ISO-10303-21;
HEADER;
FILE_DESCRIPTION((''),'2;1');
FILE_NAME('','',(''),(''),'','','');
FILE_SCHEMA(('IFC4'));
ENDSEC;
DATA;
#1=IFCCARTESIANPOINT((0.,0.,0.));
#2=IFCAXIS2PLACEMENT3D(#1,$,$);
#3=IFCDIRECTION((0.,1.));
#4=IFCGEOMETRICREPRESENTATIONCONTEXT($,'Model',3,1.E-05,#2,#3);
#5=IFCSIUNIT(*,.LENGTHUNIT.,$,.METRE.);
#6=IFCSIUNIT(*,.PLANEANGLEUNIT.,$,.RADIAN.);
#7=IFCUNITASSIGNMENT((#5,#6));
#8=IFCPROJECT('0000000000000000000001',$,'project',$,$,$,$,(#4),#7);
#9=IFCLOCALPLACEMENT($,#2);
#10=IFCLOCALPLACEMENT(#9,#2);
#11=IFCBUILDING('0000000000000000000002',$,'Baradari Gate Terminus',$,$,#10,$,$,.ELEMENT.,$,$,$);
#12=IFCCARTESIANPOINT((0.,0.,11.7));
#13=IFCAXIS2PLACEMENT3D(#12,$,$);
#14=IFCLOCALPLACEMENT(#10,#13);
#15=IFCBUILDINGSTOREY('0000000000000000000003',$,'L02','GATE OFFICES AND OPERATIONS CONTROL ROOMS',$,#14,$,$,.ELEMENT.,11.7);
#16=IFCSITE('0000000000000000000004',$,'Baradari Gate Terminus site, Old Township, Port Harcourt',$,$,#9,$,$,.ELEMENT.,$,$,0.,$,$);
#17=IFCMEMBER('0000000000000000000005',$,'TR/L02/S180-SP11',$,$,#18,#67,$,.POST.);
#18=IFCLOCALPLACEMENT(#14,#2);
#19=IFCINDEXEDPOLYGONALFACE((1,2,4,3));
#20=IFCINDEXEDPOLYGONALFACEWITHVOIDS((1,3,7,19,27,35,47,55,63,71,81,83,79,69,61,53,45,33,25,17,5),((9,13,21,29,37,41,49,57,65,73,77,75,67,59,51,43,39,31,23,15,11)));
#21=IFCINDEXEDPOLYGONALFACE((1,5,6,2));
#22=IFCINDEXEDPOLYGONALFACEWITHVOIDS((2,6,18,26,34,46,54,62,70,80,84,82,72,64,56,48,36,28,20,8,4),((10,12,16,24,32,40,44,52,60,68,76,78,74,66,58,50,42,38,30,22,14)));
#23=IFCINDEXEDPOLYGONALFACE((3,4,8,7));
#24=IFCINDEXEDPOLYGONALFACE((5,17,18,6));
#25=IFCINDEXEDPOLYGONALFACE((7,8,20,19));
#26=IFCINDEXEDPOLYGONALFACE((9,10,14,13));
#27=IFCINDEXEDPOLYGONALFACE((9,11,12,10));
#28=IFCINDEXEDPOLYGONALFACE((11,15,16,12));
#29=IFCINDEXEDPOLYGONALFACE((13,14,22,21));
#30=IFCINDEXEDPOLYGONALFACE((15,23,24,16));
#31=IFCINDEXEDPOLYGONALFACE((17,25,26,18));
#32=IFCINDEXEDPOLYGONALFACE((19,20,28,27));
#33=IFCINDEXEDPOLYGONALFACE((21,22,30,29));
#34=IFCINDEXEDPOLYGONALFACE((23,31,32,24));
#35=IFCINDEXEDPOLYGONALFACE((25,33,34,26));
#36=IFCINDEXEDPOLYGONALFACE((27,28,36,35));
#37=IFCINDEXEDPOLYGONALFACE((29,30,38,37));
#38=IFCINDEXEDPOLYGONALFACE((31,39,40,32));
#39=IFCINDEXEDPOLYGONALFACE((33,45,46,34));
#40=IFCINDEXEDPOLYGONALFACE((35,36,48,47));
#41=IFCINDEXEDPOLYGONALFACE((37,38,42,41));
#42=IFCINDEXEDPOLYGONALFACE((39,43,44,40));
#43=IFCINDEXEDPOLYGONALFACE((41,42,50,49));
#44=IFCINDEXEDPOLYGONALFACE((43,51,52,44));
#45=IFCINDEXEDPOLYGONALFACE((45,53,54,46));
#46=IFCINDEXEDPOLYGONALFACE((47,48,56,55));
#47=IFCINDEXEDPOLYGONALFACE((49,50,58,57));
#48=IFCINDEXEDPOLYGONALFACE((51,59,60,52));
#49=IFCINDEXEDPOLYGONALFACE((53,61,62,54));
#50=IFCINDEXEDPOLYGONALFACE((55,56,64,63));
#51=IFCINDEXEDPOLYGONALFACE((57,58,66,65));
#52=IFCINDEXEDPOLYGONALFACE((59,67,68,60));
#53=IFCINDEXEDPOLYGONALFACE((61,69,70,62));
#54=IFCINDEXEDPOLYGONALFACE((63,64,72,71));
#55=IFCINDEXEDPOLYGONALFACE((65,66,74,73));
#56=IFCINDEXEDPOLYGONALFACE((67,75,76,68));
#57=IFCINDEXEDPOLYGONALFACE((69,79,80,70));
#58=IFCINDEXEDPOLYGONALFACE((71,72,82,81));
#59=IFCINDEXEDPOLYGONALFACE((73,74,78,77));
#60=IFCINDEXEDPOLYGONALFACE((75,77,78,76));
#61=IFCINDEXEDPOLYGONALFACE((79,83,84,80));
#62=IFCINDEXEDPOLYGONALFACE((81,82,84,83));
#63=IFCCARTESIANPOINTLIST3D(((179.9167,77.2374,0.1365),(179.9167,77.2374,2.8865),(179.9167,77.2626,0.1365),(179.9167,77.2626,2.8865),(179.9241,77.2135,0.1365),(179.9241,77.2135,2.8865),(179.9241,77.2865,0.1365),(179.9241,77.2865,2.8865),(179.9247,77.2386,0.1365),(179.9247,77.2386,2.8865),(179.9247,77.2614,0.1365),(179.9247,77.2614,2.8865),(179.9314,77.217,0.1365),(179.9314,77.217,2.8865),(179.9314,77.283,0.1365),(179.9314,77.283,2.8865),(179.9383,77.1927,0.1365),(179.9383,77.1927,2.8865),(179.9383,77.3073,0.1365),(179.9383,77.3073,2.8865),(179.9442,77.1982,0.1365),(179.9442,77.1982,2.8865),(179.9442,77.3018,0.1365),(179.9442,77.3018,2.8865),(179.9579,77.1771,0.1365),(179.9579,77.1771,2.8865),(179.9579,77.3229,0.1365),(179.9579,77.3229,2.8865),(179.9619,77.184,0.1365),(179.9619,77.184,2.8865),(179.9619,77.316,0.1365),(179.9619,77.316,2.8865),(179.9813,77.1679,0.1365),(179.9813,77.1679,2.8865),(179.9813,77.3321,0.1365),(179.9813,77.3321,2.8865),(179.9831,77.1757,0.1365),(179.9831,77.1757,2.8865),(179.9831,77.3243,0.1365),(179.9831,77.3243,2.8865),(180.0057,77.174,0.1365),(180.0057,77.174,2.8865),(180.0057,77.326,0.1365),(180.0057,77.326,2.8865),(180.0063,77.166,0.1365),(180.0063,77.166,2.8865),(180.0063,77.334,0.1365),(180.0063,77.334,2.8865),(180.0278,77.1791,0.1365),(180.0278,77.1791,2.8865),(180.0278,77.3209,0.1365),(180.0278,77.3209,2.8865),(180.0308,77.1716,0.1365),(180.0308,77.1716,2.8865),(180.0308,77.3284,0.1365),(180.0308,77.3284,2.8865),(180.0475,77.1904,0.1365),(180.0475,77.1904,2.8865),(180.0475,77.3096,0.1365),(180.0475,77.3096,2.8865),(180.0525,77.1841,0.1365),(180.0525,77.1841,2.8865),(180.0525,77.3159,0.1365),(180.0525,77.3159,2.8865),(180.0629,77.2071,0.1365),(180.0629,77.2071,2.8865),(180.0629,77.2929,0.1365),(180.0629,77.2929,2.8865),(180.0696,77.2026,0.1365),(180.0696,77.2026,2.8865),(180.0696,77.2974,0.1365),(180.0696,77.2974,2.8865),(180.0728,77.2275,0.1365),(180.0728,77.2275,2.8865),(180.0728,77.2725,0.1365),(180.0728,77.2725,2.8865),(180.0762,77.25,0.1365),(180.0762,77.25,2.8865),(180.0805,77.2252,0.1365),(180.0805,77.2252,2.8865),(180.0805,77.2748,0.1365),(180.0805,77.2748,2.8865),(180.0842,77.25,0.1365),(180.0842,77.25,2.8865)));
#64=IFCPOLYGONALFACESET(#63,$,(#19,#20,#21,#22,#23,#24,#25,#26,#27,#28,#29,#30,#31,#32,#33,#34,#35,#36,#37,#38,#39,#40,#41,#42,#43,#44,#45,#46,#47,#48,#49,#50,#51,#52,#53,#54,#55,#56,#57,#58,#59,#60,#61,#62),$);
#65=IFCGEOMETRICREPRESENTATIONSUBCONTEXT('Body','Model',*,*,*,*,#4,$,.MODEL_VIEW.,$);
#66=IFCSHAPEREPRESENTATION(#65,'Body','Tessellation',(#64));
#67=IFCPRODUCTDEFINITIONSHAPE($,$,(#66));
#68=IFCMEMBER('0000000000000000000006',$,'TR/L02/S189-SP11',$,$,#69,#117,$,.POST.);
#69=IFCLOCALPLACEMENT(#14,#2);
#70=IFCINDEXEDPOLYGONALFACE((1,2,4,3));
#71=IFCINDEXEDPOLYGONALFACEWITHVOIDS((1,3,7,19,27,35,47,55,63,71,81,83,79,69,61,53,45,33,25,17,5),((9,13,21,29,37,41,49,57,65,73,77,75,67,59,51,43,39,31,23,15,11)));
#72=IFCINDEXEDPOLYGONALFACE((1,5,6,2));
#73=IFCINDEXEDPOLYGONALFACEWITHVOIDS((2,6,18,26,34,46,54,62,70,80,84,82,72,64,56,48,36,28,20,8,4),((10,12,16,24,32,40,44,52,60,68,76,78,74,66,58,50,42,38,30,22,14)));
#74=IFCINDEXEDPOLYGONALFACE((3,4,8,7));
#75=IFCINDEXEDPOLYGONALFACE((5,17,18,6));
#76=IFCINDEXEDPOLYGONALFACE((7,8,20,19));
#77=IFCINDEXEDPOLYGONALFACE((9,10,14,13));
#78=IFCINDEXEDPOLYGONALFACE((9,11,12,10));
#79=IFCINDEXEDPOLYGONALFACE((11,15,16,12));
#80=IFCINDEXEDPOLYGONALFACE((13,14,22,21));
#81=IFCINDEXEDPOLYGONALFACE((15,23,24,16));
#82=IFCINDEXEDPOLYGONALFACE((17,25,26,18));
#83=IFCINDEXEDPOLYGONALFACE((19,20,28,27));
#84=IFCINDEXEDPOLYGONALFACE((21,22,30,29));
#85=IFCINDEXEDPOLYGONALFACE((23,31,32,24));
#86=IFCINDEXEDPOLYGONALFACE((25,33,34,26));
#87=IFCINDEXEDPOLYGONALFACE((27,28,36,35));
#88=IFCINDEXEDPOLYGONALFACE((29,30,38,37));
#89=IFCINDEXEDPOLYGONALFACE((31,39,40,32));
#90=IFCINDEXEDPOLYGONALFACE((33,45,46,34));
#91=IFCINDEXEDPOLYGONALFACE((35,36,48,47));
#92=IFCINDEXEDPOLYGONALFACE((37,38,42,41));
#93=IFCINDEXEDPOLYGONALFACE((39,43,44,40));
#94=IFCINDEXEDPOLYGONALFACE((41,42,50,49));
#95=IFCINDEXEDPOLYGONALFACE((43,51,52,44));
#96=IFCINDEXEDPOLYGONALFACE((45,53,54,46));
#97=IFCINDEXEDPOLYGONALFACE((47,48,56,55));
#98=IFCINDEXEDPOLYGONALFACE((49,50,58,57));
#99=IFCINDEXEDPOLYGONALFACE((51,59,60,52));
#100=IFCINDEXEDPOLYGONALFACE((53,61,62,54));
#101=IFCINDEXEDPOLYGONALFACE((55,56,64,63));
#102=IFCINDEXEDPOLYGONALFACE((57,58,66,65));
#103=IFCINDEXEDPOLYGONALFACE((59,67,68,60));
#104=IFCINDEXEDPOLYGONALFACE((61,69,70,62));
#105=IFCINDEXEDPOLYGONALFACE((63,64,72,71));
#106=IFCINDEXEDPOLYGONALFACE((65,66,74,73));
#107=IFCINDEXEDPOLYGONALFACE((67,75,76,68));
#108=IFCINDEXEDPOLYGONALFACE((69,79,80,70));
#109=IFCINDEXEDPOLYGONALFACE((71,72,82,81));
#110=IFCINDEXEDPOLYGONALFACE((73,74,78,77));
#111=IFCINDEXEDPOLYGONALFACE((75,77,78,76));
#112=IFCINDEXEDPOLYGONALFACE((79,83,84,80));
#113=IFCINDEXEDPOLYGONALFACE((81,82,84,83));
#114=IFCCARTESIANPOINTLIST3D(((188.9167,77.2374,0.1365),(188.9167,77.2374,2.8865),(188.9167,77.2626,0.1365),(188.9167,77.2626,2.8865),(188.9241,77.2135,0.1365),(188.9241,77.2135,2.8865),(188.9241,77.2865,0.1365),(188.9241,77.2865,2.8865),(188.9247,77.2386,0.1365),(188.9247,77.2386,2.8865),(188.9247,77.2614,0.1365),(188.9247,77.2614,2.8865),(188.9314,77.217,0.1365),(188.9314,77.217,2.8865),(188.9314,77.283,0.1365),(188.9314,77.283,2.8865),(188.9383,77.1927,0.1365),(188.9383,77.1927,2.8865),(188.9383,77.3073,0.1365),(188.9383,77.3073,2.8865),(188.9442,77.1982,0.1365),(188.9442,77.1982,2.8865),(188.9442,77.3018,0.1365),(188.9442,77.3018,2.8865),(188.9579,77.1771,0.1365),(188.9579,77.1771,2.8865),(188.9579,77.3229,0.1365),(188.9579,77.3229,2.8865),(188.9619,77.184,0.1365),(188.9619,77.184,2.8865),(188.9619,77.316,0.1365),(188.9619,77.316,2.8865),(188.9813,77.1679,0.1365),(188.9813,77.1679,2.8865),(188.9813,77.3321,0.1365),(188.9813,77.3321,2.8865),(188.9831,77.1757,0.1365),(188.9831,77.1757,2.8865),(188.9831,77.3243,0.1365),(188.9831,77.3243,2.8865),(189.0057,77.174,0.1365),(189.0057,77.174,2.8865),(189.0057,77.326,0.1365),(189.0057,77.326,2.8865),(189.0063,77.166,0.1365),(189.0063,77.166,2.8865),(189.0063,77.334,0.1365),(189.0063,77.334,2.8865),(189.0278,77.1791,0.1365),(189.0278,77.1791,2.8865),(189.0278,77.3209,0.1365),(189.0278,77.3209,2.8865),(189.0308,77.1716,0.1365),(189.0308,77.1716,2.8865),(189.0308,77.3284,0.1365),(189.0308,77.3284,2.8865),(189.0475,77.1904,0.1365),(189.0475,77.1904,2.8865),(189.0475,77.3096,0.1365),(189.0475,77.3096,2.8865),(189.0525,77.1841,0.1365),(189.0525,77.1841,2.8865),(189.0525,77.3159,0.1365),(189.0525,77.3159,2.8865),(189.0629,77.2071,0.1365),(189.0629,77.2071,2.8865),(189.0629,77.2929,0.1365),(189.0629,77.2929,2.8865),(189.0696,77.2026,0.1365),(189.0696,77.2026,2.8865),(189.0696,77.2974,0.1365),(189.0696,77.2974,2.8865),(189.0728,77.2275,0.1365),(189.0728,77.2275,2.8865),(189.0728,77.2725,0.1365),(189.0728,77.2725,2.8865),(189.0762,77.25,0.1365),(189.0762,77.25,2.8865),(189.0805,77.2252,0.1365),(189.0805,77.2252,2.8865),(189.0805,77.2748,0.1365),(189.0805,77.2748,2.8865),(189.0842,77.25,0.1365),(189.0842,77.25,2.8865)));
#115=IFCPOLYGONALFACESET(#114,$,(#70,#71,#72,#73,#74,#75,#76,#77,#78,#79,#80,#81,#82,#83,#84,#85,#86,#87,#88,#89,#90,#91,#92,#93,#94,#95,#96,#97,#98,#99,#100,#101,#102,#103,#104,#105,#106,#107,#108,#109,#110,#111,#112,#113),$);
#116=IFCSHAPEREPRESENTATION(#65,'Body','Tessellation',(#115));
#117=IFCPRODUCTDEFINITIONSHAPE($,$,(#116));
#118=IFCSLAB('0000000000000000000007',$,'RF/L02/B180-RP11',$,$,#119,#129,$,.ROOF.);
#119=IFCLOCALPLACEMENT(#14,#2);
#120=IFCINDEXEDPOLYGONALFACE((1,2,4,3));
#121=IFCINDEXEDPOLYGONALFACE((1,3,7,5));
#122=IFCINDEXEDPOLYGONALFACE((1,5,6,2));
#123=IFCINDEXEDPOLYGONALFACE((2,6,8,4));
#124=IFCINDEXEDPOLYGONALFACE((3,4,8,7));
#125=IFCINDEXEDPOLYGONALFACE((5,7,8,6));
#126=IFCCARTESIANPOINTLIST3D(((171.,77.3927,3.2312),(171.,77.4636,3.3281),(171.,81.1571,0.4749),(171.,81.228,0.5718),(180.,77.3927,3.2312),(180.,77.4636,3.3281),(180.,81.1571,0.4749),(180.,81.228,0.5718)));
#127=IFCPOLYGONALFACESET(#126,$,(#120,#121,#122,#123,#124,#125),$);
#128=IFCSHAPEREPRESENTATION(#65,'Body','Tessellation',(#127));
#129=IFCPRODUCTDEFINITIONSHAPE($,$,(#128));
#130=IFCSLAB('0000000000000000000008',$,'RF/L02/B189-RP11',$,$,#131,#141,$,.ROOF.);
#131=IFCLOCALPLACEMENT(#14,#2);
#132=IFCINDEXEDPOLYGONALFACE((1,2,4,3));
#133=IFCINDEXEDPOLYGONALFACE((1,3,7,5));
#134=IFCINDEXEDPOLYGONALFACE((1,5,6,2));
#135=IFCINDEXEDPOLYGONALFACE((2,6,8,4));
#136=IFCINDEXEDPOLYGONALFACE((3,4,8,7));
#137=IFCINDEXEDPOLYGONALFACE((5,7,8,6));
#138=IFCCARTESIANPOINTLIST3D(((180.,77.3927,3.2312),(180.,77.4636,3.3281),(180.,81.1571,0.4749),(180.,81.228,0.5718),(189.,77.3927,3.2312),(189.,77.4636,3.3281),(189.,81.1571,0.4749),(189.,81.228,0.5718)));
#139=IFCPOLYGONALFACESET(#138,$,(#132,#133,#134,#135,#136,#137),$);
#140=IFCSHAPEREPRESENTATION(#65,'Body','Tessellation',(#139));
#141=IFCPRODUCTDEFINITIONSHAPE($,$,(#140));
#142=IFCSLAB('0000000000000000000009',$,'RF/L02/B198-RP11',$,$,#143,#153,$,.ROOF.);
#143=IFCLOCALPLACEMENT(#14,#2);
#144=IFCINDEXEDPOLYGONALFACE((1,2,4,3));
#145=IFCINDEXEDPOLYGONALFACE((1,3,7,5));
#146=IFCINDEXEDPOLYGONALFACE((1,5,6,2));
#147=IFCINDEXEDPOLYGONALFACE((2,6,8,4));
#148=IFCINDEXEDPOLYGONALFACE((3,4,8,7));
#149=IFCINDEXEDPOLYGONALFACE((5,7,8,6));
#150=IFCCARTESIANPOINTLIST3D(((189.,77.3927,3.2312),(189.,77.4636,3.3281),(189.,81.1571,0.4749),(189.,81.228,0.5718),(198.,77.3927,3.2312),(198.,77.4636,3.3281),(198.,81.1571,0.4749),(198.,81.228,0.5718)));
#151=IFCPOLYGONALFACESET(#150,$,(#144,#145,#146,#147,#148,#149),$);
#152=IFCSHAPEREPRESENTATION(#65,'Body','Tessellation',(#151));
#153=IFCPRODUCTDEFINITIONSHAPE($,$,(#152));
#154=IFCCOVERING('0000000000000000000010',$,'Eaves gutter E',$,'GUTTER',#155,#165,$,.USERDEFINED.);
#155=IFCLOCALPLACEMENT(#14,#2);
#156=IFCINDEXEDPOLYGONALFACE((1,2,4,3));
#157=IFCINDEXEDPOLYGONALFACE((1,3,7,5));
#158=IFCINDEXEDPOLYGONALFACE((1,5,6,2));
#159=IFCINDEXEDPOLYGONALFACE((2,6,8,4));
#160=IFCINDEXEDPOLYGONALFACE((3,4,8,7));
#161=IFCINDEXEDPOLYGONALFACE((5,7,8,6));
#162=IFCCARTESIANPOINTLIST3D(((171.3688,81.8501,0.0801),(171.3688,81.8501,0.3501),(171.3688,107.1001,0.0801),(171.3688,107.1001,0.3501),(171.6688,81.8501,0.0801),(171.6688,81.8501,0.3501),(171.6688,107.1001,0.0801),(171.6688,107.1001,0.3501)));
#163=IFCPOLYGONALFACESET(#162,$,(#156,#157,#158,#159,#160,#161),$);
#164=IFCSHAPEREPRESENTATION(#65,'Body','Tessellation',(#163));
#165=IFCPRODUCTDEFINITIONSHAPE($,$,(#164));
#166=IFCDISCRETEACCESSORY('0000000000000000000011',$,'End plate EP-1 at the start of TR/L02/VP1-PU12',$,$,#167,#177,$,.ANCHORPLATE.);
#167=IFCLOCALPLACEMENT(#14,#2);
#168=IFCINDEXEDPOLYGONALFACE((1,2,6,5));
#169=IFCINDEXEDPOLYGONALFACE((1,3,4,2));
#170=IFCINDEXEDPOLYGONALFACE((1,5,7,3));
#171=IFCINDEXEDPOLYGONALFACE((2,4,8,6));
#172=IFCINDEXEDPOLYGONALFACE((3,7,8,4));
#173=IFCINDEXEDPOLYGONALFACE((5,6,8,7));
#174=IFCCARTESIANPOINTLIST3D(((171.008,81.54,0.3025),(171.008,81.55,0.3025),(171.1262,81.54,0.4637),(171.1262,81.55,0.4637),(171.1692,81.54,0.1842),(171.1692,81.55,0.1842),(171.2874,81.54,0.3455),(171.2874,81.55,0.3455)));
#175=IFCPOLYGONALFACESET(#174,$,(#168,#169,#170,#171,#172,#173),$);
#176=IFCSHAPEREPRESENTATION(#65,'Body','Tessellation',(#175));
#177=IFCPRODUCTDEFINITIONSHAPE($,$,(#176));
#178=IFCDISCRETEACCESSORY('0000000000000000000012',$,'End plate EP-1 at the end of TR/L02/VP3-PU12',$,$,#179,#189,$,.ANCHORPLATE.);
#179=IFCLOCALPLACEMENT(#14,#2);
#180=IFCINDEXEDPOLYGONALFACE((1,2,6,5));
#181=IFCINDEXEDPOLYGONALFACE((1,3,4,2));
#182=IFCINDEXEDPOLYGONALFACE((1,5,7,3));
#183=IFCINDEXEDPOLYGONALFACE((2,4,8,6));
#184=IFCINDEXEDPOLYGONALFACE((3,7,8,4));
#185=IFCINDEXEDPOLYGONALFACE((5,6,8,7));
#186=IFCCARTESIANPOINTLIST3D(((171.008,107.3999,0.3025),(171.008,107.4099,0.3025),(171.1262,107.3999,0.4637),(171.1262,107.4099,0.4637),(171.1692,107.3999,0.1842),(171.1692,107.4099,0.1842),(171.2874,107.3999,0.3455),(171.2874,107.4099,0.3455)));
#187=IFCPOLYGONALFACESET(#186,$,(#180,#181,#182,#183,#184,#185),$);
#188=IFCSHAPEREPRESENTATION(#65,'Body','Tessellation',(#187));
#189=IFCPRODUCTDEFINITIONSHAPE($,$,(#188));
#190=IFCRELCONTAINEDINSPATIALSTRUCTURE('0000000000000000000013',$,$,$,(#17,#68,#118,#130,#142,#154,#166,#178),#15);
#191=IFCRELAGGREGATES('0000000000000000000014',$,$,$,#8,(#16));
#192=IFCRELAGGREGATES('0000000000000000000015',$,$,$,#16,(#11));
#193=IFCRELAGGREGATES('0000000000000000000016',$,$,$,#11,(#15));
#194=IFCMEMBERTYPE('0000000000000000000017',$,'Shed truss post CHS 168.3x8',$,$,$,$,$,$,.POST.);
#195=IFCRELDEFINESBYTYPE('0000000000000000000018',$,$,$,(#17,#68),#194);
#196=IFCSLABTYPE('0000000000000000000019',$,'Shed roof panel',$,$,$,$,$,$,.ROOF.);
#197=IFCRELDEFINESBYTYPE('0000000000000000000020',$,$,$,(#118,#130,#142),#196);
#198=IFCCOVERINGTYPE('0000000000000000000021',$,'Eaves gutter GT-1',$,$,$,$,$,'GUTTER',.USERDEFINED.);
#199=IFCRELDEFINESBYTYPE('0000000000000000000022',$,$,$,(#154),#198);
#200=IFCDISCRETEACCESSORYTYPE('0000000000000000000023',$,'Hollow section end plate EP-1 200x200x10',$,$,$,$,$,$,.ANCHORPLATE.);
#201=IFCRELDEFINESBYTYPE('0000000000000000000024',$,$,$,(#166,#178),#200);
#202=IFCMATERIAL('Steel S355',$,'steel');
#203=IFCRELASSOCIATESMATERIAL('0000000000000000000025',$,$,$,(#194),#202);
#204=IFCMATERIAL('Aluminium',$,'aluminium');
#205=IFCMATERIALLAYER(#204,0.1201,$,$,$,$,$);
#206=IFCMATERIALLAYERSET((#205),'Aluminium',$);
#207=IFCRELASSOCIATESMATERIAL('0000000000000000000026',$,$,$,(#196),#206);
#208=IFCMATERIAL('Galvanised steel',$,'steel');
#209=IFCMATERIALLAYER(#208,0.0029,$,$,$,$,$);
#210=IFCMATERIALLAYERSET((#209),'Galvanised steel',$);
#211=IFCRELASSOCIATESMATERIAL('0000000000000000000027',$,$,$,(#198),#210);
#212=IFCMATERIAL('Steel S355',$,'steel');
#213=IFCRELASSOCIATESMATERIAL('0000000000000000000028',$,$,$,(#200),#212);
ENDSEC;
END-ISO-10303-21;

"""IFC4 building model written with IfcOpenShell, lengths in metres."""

from ifc_helpers import new_model, si_unit, direction, frame, origin, origin_2d, place, context, subcontext, project, spatial, polyline, rectangle, hollow_circle, outline, extrude, material, layer, layer_set, material_profile, profile_set, type_object, element, save


model = new_model("IFC4")

# Units and contexts
model_context = context("Model", 3, precision=1e-05, world=origin(), true_north=direction((0.0, 1.0)))
body_context = subcontext(model_context, "Body", "Model", "MODEL_VIEW")
ifc_project = project(units=[si_unit("LENGTHUNIT", "METRE"), si_unit("PLANEANGLEUNIT", "RADIAN")], contexts=[model_context])

# Site, building, storey
site_placement = place(None, origin())
site = spatial("IfcSite", under=ifc_project, at=site_placement, Name="Baradari Gate Terminus site, Old Township, Port Harcourt", CompositionType="ELEMENT", RefElevation=0.0)
building_placement = place(site_placement, origin())
building = spatial("IfcBuilding", under=site, at=building_placement, Name="Baradari Gate Terminus", CompositionType="ELEMENT")
storey_placement = place(building_placement, frame((0.0, 0.0, 11.7)))
storey = spatial("IfcBuildingStorey", under=building, at=storey_placement, Name="L02", Description="GATE OFFICES AND OPERATIONS CONTROL ROOMS", CompositionType="ELEMENT", Elevation=11.7)

# Members
ifc_material_1 = material(Name="Steel S355", Category="steel")
ifc_material_profile_1 = material_profile(ifc_material_1, hollow_circle(Radius=0.0842, WallThickness=0.0081, at=origin_2d()), Name="CHS 168.3x8")
ifc_profile_set_1 = profile_set([ifc_material_profile_1], Name="Steel S355")
member_type_1 = type_object("IfcMemberType", Name="Shed truss post CHS 168.3x8", PredefinedType="POST", material=ifc_profile_set_1)
for number, where, z_axis, x_axis, name in (
    (1, (180.0, 77.25, 0.1365), (0.0, 0.0, 1.0), (1.0, 0.0, 0.0), "TR/L02/S180-SP11"),
    (2, (189.0, 77.25, 0.1365), (0.0, 0.0, 1.0), (1.0, 0.0, 0.0), "TR/L02/S189-SP11"),
):
    element("IfcMember", number, at=place(storey_placement, frame(where, z_axis=z_axis, x_axis=x_axis)), inside=storey, type_object=member_type_1, Name=name, PredefinedType="POST", context=body_context, shape_type="SweptSolid", body=[
        extrude(hollow_circle(Radius=0.0842, WallThickness=0.0081, at=origin_2d()), origin(), (0.0, 0.0, 1.0), 2.75),
    ])

# Slabs
ifc_material_2 = material(Name="Aluminium", Category="aluminium")
ifc_layer_1 = layer(ifc_material_2, 0.1201)
ifc_layer_set_1 = layer_set([ifc_layer_1], Name="Aluminium")
slab_type = type_object("IfcSlabType", Name="Shed roof panel", PredefinedType="ROOF", material=ifc_layer_set_1)
for number, where, z_axis, x_axis, name in (
    (3, (171.0, 77.4636, 3.3281), (0.0, 0.590776, 0.806836), (1.0, 0.0, 0.0), "RF/L02/B180-RP11"),
    (4, (180.0, 77.4636, 3.3281), (0.0, 0.590776, 0.806836), (1.0, 0.0, 0.0), "RF/L02/B189-RP11"),
    (5, (189.0, 77.4636, 3.3281), (0.0, 0.590776, 0.806836), (1.0, 0.0, 0.0), "RF/L02/B198-RP11"),
):
    element("IfcSlab", number, at=place(storey_placement, frame(where, z_axis=z_axis, x_axis=x_axis)), inside=storey, type_object=slab_type, Name=name, PredefinedType="ROOF", context=body_context, shape_type="SweptSolid", body=[
        extrude(outline(polyline([(0.0, 0.0), (9.0, 0.0), (9.0, 4.6656), (0.0, 4.6656), (0.0, 0.0)])), origin(), (0.0, 0.0, -1.0), 0.1201),
    ])

# Covering
ifc_material_3 = material(Name="Galvanised steel", Category="steel")
ifc_layer_2 = layer(ifc_material_3, 0.0029)
ifc_layer_set_2 = layer_set([ifc_layer_2], Name="Galvanised steel")
covering_type = type_object("IfcCoveringType", Name="Eaves gutter GT-1", ElementType="GUTTER", PredefinedType="USERDEFINED", material=ifc_layer_set_2)
covering_placement = place(storey_placement, frame((171.5188, 94.4751, 0.0801), z_axis=(0.0, 0.0, 1.0), x_axis=(1.0, 0.0, 0.0)))
element("IfcCovering", 6, at=covering_placement, inside=storey, type_object=covering_type, Name="Eaves gutter E", ObjectType="GUTTER", PredefinedType="USERDEFINED", context=body_context, shape_type="SweptSolid", body=[
    extrude(rectangle(XDim=0.3, YDim=25.25, at=origin_2d()), origin(), (0.0, 0.0, 1.0), 0.27),
])

# Discrete accessories
ifc_material_4 = material(Name="Steel S355", Category="steel")
discrete_accessory_type = type_object("IfcDiscreteAccessoryType", Name="Hollow section end plate EP-1 200x200x10", PredefinedType="ANCHORPLATE", material=ifc_material_4)
for number, where, z_axis, x_axis, name in (
    (7, (171.1477, 81.54, 0.324), (0.0, 1.0, 0.0), (-0.806405, 0.0, 0.591364), "End plate EP-1 at the start of TR/L02/VP1-PU12"),
    (8, (171.1477, 107.3999, 0.324), (0.0, 1.0, 0.0), (-0.806405, 0.0, 0.591364), "End plate EP-1 at the end of TR/L02/VP3-PU12"),
):
    element("IfcDiscreteAccessory", number, at=place(storey_placement, frame(where, z_axis=z_axis, x_axis=x_axis)), inside=storey, type_object=discrete_accessory_type, Name=name, PredefinedType="ANCHORPLATE", context=body_context, shape_type="SweptSolid", body=[
        extrude(rectangle(XDim=0.2, YDim=0.2, at=origin_2d()), origin(), (0.0, 0.0, 1.0), 0.01),
    ])

save(model, "model.ifc")
